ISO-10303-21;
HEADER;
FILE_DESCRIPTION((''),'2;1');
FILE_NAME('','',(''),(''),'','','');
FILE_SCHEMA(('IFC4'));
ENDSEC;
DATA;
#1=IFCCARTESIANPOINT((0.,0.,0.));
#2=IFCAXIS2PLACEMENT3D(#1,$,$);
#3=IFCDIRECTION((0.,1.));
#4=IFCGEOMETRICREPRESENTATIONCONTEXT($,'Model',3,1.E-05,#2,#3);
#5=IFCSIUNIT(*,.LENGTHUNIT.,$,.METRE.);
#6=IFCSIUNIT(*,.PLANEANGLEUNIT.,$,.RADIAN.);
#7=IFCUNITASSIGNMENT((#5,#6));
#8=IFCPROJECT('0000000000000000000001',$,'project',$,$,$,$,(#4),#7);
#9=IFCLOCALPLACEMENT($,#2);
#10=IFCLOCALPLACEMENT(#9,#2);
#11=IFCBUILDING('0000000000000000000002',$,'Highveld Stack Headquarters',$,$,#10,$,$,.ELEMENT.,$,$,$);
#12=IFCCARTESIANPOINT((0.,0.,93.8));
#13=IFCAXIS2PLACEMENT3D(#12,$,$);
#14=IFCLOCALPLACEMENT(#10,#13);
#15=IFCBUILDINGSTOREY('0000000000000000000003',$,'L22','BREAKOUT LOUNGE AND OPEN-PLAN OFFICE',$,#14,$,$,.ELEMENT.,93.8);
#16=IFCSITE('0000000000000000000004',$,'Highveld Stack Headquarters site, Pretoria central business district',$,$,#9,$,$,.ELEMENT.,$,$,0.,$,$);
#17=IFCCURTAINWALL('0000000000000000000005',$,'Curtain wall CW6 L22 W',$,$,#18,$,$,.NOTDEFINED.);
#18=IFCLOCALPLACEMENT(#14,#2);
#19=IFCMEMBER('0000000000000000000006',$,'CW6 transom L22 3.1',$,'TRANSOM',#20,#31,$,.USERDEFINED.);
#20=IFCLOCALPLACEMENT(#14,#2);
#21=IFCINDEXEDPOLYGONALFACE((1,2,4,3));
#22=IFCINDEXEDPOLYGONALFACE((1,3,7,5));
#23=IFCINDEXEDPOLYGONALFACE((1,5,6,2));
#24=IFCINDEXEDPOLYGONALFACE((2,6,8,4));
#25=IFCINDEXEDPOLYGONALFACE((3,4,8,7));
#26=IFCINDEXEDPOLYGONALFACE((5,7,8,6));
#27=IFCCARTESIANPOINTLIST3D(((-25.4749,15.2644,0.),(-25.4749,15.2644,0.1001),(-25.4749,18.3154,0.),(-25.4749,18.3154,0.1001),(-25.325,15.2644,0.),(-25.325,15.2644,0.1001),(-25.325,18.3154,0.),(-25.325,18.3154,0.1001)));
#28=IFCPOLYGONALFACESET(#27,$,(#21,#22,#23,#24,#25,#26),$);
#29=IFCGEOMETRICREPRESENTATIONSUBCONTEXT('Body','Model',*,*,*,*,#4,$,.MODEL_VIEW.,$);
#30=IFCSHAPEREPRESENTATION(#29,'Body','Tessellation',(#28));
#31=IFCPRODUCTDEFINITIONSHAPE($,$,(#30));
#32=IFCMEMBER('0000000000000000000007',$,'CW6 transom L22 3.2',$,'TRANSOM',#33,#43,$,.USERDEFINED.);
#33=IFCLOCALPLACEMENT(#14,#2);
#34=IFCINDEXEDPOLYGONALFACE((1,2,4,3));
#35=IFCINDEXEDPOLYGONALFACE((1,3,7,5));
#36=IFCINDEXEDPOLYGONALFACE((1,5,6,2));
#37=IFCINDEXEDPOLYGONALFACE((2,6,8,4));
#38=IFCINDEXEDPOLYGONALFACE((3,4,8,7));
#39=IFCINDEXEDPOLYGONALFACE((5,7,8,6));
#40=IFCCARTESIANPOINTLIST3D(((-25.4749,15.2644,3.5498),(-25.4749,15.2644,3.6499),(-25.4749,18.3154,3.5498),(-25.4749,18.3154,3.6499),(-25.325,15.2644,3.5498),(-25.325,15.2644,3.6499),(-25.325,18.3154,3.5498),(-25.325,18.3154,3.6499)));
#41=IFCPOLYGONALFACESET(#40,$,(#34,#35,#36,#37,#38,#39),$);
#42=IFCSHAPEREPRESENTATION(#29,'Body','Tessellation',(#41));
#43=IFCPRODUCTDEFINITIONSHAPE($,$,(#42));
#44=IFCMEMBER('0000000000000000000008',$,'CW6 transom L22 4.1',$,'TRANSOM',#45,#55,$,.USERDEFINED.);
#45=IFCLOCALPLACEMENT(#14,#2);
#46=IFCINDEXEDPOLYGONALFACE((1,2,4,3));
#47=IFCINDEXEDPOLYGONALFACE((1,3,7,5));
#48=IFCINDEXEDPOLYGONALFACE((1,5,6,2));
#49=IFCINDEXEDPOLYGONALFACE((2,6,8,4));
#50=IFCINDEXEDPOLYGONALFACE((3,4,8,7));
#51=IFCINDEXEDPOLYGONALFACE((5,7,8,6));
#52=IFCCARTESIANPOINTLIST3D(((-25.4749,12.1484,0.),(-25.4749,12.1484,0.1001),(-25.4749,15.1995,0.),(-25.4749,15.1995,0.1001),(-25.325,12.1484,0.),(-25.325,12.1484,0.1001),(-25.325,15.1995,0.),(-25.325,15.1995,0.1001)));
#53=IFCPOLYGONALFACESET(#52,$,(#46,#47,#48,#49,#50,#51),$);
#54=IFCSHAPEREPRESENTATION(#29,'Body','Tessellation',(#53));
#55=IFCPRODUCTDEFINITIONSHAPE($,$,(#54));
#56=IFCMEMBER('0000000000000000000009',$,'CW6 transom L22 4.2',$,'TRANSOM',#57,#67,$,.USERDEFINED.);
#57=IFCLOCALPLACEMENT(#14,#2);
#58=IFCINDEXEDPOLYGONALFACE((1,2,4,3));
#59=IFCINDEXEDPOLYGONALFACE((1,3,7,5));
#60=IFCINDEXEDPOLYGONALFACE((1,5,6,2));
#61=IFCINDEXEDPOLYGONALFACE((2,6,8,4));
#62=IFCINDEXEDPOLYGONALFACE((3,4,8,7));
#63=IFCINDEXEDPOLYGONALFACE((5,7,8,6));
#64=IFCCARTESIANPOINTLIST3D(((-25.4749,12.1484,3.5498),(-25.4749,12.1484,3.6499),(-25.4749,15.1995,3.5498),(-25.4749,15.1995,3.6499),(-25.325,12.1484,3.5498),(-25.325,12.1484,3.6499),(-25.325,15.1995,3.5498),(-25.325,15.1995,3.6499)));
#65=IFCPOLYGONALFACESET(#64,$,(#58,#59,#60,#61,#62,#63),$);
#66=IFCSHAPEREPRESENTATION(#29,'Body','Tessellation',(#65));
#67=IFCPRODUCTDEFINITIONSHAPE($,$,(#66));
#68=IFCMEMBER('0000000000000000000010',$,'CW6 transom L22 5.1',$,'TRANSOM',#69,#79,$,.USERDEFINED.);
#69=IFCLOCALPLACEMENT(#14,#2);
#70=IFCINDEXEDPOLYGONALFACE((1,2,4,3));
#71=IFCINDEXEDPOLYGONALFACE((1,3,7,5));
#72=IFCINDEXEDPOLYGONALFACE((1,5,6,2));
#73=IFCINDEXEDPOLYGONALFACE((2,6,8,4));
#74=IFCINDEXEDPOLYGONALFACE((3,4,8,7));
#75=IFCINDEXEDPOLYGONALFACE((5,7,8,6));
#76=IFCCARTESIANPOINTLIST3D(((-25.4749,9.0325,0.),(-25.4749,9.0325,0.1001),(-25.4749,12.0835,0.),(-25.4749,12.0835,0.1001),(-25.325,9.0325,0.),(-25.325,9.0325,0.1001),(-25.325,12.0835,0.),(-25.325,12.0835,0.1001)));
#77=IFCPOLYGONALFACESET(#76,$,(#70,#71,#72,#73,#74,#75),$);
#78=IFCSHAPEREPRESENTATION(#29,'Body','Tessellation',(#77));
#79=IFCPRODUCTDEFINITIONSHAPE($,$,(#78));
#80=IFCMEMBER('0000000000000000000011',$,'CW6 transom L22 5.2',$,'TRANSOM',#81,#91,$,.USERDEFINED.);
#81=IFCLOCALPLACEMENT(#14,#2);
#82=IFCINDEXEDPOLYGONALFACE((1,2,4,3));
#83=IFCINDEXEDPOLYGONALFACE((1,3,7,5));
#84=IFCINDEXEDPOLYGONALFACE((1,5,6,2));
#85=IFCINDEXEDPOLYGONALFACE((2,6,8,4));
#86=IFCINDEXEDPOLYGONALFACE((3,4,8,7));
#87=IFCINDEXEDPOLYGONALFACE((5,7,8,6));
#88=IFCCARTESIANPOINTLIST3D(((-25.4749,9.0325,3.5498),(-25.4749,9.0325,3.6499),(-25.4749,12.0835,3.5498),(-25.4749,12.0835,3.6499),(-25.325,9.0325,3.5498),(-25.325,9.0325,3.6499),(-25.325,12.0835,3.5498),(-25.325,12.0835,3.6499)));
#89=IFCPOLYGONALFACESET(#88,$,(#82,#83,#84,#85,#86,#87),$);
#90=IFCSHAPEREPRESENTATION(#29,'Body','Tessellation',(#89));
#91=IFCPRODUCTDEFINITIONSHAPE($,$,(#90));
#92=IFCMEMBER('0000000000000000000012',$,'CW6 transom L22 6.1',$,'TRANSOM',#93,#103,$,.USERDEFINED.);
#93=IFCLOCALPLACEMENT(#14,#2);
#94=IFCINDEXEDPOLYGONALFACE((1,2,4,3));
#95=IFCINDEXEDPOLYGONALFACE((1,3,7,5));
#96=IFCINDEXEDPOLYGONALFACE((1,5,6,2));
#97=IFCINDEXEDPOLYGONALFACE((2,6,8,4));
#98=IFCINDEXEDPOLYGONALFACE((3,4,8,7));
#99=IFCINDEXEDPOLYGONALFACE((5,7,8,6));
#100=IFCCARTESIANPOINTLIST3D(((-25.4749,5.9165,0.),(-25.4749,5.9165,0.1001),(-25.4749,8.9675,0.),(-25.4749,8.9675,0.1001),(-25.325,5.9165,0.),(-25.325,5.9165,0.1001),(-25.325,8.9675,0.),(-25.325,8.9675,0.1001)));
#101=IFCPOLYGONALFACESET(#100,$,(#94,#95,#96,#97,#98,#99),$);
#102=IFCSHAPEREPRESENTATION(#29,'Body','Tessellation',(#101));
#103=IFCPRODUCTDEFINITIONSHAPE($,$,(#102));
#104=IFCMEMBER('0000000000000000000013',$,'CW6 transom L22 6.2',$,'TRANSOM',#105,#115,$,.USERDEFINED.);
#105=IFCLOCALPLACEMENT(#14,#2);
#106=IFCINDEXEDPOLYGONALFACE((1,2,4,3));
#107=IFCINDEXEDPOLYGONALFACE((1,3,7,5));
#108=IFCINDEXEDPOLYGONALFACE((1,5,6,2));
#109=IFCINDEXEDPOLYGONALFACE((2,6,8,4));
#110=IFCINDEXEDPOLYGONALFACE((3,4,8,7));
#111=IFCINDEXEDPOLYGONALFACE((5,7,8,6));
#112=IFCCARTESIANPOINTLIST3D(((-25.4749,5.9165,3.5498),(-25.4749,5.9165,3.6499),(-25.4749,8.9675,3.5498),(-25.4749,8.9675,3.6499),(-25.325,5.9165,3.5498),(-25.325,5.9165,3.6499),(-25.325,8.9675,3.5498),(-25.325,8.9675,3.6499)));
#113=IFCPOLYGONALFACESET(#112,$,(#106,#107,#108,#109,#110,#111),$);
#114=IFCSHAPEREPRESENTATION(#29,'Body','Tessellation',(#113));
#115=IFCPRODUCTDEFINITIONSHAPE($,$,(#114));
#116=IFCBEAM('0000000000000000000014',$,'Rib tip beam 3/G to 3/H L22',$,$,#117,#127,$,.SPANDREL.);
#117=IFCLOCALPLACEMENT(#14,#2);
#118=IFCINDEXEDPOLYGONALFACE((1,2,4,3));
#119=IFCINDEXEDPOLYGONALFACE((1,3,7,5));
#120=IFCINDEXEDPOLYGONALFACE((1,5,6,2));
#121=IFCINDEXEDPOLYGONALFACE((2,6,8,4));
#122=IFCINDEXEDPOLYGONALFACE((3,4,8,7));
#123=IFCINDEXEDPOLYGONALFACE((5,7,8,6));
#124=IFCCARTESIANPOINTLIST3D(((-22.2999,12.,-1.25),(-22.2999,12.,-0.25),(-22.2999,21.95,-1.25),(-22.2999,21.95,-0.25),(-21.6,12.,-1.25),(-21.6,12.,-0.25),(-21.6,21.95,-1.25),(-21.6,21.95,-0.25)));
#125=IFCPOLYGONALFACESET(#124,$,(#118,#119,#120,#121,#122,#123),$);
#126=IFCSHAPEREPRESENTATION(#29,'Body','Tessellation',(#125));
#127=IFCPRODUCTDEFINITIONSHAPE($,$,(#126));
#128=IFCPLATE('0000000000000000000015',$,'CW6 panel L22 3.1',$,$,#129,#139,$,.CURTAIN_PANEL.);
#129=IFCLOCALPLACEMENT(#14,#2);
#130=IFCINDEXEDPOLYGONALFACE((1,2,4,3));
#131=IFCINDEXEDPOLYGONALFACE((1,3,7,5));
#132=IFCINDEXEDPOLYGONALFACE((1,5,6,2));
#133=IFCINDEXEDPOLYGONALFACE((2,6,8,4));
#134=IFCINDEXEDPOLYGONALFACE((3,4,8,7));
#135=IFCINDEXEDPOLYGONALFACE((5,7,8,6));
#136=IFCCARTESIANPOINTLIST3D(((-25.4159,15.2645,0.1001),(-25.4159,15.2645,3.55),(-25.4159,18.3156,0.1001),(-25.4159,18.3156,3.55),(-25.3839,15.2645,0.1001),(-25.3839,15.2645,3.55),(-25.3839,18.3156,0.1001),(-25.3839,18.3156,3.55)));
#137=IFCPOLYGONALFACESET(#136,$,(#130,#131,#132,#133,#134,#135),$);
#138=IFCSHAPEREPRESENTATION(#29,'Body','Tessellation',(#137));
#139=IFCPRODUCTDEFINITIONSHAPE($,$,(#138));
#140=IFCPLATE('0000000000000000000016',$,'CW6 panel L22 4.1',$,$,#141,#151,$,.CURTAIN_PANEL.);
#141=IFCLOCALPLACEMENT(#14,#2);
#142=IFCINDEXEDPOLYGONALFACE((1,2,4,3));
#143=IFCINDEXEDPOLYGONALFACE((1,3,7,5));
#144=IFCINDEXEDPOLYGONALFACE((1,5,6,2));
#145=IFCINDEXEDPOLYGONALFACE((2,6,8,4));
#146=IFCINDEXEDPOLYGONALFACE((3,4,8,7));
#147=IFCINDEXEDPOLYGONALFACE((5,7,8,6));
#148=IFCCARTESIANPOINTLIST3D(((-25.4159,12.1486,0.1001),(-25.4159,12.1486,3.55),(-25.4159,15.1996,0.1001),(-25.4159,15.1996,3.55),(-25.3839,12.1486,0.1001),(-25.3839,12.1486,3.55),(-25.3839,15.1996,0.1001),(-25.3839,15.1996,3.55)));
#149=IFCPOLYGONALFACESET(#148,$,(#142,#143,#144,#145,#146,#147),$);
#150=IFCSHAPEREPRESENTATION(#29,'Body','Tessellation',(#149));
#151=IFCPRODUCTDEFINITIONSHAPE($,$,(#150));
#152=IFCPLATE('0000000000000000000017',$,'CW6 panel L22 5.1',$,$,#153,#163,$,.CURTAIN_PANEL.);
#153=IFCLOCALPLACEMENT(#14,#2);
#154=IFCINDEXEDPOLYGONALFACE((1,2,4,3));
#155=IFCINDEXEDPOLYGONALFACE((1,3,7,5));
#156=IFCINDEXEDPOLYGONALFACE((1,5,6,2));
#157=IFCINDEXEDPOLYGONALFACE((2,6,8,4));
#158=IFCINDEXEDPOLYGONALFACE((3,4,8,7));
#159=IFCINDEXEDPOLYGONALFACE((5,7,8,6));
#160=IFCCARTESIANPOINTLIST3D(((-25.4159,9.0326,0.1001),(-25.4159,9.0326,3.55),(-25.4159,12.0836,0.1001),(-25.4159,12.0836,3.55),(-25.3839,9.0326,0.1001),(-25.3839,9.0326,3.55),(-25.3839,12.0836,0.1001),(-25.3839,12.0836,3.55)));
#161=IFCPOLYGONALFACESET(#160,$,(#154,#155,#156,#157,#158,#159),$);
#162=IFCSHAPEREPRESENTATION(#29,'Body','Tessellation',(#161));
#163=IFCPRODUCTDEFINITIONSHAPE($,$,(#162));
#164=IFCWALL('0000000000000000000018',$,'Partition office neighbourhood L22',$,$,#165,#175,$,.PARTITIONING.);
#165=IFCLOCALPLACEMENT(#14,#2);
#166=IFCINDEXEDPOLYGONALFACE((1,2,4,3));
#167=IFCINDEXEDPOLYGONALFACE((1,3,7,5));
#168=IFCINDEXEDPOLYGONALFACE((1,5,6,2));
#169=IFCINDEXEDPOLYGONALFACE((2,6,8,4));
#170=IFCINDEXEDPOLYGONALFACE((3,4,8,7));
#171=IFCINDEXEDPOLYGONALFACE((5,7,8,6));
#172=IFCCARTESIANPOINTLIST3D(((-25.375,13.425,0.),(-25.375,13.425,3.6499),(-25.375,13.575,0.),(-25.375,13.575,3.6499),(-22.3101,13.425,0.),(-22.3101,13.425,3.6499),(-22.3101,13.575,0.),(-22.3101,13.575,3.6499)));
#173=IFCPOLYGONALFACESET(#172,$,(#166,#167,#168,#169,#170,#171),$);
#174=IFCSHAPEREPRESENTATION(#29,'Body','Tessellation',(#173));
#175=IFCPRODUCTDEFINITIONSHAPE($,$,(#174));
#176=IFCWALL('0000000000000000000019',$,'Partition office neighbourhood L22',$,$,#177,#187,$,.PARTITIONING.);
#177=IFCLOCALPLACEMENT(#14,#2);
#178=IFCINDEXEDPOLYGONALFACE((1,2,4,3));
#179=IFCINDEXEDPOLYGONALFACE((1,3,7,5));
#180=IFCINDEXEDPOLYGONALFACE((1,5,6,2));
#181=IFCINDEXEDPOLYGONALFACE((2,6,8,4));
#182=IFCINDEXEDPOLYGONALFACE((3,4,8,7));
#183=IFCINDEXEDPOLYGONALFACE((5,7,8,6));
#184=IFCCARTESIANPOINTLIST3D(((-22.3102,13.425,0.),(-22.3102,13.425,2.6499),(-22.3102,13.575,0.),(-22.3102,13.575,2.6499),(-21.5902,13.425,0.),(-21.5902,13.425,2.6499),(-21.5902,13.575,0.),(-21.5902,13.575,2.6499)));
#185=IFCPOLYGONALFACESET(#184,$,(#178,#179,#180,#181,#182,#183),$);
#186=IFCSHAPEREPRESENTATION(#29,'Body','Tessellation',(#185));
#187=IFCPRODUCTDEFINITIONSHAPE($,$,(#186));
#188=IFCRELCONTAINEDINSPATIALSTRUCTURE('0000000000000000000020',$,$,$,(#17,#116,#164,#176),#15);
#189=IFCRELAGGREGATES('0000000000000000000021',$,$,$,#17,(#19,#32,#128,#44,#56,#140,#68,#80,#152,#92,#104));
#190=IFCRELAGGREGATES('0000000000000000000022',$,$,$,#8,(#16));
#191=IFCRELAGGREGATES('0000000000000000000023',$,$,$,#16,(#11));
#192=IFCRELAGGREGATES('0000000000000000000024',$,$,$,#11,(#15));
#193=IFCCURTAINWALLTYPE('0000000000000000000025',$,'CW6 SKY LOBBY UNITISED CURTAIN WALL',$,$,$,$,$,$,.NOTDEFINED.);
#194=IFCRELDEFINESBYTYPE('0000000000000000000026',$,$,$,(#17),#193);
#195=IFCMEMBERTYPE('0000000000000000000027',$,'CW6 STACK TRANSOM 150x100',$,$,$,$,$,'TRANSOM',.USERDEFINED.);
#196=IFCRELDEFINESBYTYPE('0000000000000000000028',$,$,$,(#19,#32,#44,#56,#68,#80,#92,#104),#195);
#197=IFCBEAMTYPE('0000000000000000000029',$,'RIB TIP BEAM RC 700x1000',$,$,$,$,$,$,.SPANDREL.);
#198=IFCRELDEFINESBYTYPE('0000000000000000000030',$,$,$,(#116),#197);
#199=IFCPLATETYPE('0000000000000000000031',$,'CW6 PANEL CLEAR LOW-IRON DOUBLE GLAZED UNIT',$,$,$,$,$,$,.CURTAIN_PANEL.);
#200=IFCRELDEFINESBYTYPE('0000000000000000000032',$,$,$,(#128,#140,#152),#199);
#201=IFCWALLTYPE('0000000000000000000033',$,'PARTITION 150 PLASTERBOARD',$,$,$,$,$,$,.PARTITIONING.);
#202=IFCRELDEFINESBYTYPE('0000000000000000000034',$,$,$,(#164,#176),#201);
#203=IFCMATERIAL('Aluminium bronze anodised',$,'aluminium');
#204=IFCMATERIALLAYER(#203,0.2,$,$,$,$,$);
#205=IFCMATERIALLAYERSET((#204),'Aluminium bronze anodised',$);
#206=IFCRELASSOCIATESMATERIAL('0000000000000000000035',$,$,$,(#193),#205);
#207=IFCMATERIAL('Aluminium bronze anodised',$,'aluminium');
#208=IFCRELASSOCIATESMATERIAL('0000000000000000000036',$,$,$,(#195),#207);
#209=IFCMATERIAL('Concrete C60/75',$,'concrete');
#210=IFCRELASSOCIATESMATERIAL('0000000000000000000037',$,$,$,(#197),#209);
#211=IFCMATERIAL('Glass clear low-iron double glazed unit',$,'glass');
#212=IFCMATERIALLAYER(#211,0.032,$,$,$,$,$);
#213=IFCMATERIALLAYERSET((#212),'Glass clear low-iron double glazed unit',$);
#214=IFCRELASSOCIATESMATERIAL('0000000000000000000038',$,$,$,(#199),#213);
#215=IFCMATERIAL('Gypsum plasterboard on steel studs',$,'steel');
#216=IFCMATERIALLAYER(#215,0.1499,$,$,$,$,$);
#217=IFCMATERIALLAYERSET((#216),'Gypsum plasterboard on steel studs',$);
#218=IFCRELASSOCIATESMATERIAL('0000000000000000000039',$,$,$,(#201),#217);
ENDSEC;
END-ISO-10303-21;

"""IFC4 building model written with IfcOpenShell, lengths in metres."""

from ifc_helpers import new_model, si_unit, direction, frame, frame_2d, origin, origin_2d, place, context, subcontext, project, spatial, rectangle, extrude, material, layer, layer_set, material_profile, profile_set, type_object, element, aggregate, save


model = new_model("IFC4")

# Units and contexts
model_context = context("Model", 3, precision=1e-05, world=origin(), true_north=direction((0.0, 1.0)))
body_context = subcontext(model_context, "Body", "Model", "MODEL_VIEW")
ifc_project = project(units=[si_unit("LENGTHUNIT", "METRE"), si_unit("PLANEANGLEUNIT", "RADIAN")], contexts=[model_context])

# Site, building, storey
site_placement = place(None, origin())
site = spatial("IfcSite", under=ifc_project, at=site_placement, Name="Highveld Stack Headquarters site, Pretoria central business district", CompositionType="ELEMENT", RefElevation=0.0)
building_placement = place(site_placement, origin())
building = spatial("IfcBuilding", under=site, at=building_placement, Name="Highveld Stack Headquarters", CompositionType="ELEMENT")
storey_placement = place(building_placement, frame((0.0, 0.0, 93.8)))
storey = spatial("IfcBuildingStorey", under=building, at=storey_placement, Name="L22", Description="BREAKOUT LOUNGE AND OPEN-PLAN OFFICE", CompositionType="ELEMENT", Elevation=93.8)

# Curtain wall, members
ifc_material_1 = material(Name="Aluminium bronze anodised", Category="aluminium")
ifc_layer_1 = layer(ifc_material_1, 0.2)
ifc_layer_set_1 = layer_set([ifc_layer_1], Name="Aluminium bronze anodised")
curtain_wall_type = type_object("IfcCurtainWallType", Name="CW6 SKY LOBBY UNITISED CURTAIN WALL", PredefinedType="NOTDEFINED", material=ifc_layer_set_1)
curtain_wall_placement = place(storey_placement, origin())
curtain_wall = element("IfcCurtainWall", 1, at=curtain_wall_placement, inside=storey, type_object=curtain_wall_type, Name="Curtain wall CW6 L22 W", PredefinedType="NOTDEFINED")
ifc_material_2 = material(Name="Aluminium bronze anodised", Category="aluminium")
ifc_material_profile_1 = material_profile(ifc_material_2, rectangle(XDim=0.1499, YDim=0.1001, at=origin_2d()), Name="CW6 TRANSOM 150x100")
ifc_profile_set_1 = profile_set([ifc_material_profile_1], Name="Aluminium bronze anodised")
member_type_1 = type_object("IfcMemberType", Name="CW6 STACK TRANSOM 150x100", ElementType="TRANSOM", PredefinedType="USERDEFINED", material=ifc_profile_set_1)
member_1_placement = place(storey_placement, frame((-25.3999, 18.3154, 0.05), z_axis=(0.0, -1.0, 0.0), x_axis=(1.0, 0.0, 0.0)))
member_1 = element("IfcMember", 2, at=member_1_placement, type_object=member_type_1, Name="CW6 transom L22 3.1", ObjectType="TRANSOM", PredefinedType="USERDEFINED", context=body_context, shape_type="SweptSolid", body=[
    extrude(rectangle(XDim=0.1499, YDim=0.1001, at=origin_2d()), origin(), (0.0, 0.0, 1.0), 3.051),
])
member_2_placement = place(storey_placement, frame((-25.3999, 18.3154, 3.5999), z_axis=(0.0, -1.0, 0.0), x_axis=(1.0, 0.0, 0.0)))
member_2 = element("IfcMember", 3, at=member_2_placement, type_object=member_type_1, Name="CW6 transom L22 3.2", ObjectType="TRANSOM", PredefinedType="USERDEFINED", context=body_context, shape_type="SweptSolid", body=[
    extrude(rectangle(XDim=0.1499, YDim=0.1001, at=origin_2d()), origin(), (0.0, 0.0, 1.0), 3.051),
])
member_3_placement = place(storey_placement, frame((-25.3999, 15.1995, 0.05), z_axis=(0.0, -1.0, 0.0), x_axis=(1.0, 0.0, 0.0)))
member_3 = element("IfcMember", 4, at=member_3_placement, type_object=member_type_1, Name="CW6 transom L22 4.1", ObjectType="TRANSOM", PredefinedType="USERDEFINED", context=body_context, shape_type="SweptSolid", body=[
    extrude(rectangle(XDim=0.1499, YDim=0.1001, at=origin_2d()), origin(), (0.0, 0.0, 1.0), 3.051),
])
member_4_placement = place(storey_placement, frame((-25.3999, 15.1995, 3.5999), z_axis=(0.0, -1.0, 0.0), x_axis=(1.0, 0.0, 0.0)))
member_4 = element("IfcMember", 5, at=member_4_placement, type_object=member_type_1, Name="CW6 transom L22 4.2", ObjectType="TRANSOM", PredefinedType="USERDEFINED", context=body_context, shape_type="SweptSolid", body=[
    extrude(rectangle(XDim=0.1499, YDim=0.1001, at=origin_2d()), origin(), (0.0, 0.0, 1.0), 3.051),
])
member_5_placement = place(storey_placement, frame((-25.3999, 12.0835, 0.05), z_axis=(0.0, -1.0, 0.0), x_axis=(1.0, 0.0, 0.0)))
member_5 = element("IfcMember", 6, at=member_5_placement, type_object=member_type_1, Name="CW6 transom L22 5.1", ObjectType="TRANSOM", PredefinedType="USERDEFINED", context=body_context, shape_type="SweptSolid", body=[
    extrude(rectangle(XDim=0.1499, YDim=0.1001, at=origin_2d()), origin(), (0.0, 0.0, 1.0), 3.051),
])
member_6_placement = place(storey_placement, frame((-25.3999, 12.0835, 3.5999), z_axis=(0.0, -1.0, 0.0), x_axis=(1.0, 0.0, 0.0)))
member_6 = element("IfcMember", 7, at=member_6_placement, type_object=member_type_1, Name="CW6 transom L22 5.2", ObjectType="TRANSOM", PredefinedType="USERDEFINED", context=body_context, shape_type="SweptSolid", body=[
    extrude(rectangle(XDim=0.1499, YDim=0.1001, at=origin_2d()), origin(), (0.0, 0.0, 1.0), 3.051),
])
member_7_placement = place(storey_placement, frame((-25.3999, 8.9675, 0.05), z_axis=(0.0, -1.0, 0.0), x_axis=(1.0, 0.0, 0.0)))
member_7 = element("IfcMember", 8, at=member_7_placement, type_object=member_type_1, Name="CW6 transom L22 6.1", ObjectType="TRANSOM", PredefinedType="USERDEFINED", context=body_context, shape_type="SweptSolid", body=[
    extrude(rectangle(XDim=0.1499, YDim=0.1001, at=origin_2d()), origin(), (0.0, 0.0, 1.0), 3.051),
])
member_8_placement = place(storey_placement, frame((-25.3999, 8.9675, 3.5999), z_axis=(0.0, -1.0, 0.0), x_axis=(1.0, 0.0, 0.0)))
member_8 = element("IfcMember", 9, at=member_8_placement, type_object=member_type_1, Name="CW6 transom L22 6.2", ObjectType="TRANSOM", PredefinedType="USERDEFINED", context=body_context, shape_type="SweptSolid", body=[
    extrude(rectangle(XDim=0.1499, YDim=0.1001, at=origin_2d()), origin(), (0.0, 0.0, 1.0), 3.051),
])

# Beam
ifc_material_3 = material(Name="Concrete C60/75", Category="concrete")
ifc_material_profile_2 = material_profile(ifc_material_3, rectangle(XDim=0.7, YDim=1.0, at=origin_2d()), Name="RC 700x1000")
ifc_profile_set_2 = profile_set([ifc_material_profile_2], Name="Concrete C60/75")
beam_type_1 = type_object("IfcBeamType", Name="RIB TIP BEAM RC 700x1000", PredefinedType="SPANDREL", material=ifc_profile_set_2)
beam_1_placement = place(storey_placement, frame((-21.95, 12.0, -0.75), z_axis=(0.0, 1.0, 0.0), x_axis=(-1.0, 0.0, 0.0)))
element("IfcBeam", 10, at=beam_1_placement, inside=storey, type_object=beam_type_1, Name="Rib tip beam 3/G to 3/H L22", PredefinedType="SPANDREL", context=body_context, shape_type="SweptSolid", body=[
    extrude(rectangle(XDim=0.7, YDim=1.0, at=origin_2d()), origin(), (0.0, 0.0, 1.0), 9.95),
])

# Plates
ifc_material_4 = material(Name="Glass clear low-iron double glazed unit", Category="glass")
ifc_layer_2 = layer(ifc_material_4, 0.032)
ifc_layer_set_2 = layer_set([ifc_layer_2], Name="Glass clear low-iron double glazed unit")
plate_type = type_object("IfcPlateType", Name="CW6 PANEL CLEAR LOW-IRON DOUBLE GLAZED UNIT", PredefinedType="CURTAIN_PANEL", material=ifc_layer_set_2)
plate_1_placement = place(storey_placement, frame((-25.3999, 16.79, 0.1001), z_axis=(0.0, 0.0, 1.0), x_axis=(0.0, -1.0, 0.0)))
plate_1 = element("IfcPlate", 11, at=plate_1_placement, type_object=plate_type, Name="CW6 panel L22 3.1", PredefinedType="CURTAIN_PANEL", context=body_context, shape_type="SweptSolid", body=[
    extrude(rectangle(XDim=3.051, YDim=0.032, at=origin_2d()), origin(), (0.0, 0.0, 1.0), 3.45),
])
plate_2_placement = place(storey_placement, frame((-25.3999, 13.6741, 0.1001), z_axis=(0.0, 0.0, 1.0), x_axis=(0.0, -1.0, 0.0)))
plate_2 = element("IfcPlate", 12, at=plate_2_placement, type_object=plate_type, Name="CW6 panel L22 4.1", PredefinedType="CURTAIN_PANEL", context=body_context, shape_type="SweptSolid", body=[
    extrude(rectangle(XDim=3.051, YDim=0.032, at=origin_2d()), origin(), (0.0, 0.0, 1.0), 3.45),
])
plate_3_placement = place(storey_placement, frame((-25.3999, 10.5581, 0.1001), z_axis=(0.0, 0.0, 1.0), x_axis=(0.0, -1.0, 0.0)))
plate_3 = element("IfcPlate", 13, at=plate_3_placement, type_object=plate_type, Name="CW6 panel L22 5.1", PredefinedType="CURTAIN_PANEL", context=body_context, shape_type="SweptSolid", body=[
    extrude(rectangle(XDim=3.051, YDim=0.032, at=origin_2d()), origin(), (0.0, 0.0, 1.0), 3.45),
])
aggregate(curtain_wall, [member_1, member_2, plate_1, member_3, member_4, plate_2, member_5, member_6, plate_3, member_7, member_8])

# Walls
ifc_material_5 = material(Name="Gypsum plasterboard on steel studs", Category="steel")
ifc_layer_3 = layer(ifc_material_5, 0.1499)
ifc_layer_set_3 = layer_set([ifc_layer_3], Name="Gypsum plasterboard on steel studs")
wall_type = type_object("IfcWallType", Name="PARTITION 150 PLASTERBOARD", PredefinedType="PARTITIONING", material=ifc_layer_set_3)
wall_1_placement = place(storey_placement, frame((-25.375, 13.5, 0.0), z_axis=(0.0, 0.0, 1.0), x_axis=(1.0, 0.0, 0.0)))
element("IfcWall", 14, at=wall_1_placement, inside=storey, type_object=wall_type, Name="Partition office neighbourhood L22", PredefinedType="PARTITIONING", context=body_context, shape_type="SweptSolid", body=[
    extrude(rectangle(XDim=3.0649, YDim=0.1499, at=frame_2d((1.5325, 0.0))), origin(), (0.0, 0.0, 1.0), 3.6499),
])
wall_2_placement = place(storey_placement, frame((-22.3101, 13.5, 0.0), z_axis=(0.0, 0.0, 1.0), x_axis=(1.0, 0.0, 0.0)))
element("IfcWall", 15, at=wall_2_placement, inside=storey, type_object=wall_type, Name="Partition office neighbourhood L22", PredefinedType="PARTITIONING", context=body_context, shape_type="SweptSolid", body=[
    extrude(rectangle(XDim=0.72, YDim=0.1499, at=frame_2d((0.3599, 0.0))), origin(), (0.0, 0.0, 1.0), 2.6499),
])

save(model, "model.ifc")
